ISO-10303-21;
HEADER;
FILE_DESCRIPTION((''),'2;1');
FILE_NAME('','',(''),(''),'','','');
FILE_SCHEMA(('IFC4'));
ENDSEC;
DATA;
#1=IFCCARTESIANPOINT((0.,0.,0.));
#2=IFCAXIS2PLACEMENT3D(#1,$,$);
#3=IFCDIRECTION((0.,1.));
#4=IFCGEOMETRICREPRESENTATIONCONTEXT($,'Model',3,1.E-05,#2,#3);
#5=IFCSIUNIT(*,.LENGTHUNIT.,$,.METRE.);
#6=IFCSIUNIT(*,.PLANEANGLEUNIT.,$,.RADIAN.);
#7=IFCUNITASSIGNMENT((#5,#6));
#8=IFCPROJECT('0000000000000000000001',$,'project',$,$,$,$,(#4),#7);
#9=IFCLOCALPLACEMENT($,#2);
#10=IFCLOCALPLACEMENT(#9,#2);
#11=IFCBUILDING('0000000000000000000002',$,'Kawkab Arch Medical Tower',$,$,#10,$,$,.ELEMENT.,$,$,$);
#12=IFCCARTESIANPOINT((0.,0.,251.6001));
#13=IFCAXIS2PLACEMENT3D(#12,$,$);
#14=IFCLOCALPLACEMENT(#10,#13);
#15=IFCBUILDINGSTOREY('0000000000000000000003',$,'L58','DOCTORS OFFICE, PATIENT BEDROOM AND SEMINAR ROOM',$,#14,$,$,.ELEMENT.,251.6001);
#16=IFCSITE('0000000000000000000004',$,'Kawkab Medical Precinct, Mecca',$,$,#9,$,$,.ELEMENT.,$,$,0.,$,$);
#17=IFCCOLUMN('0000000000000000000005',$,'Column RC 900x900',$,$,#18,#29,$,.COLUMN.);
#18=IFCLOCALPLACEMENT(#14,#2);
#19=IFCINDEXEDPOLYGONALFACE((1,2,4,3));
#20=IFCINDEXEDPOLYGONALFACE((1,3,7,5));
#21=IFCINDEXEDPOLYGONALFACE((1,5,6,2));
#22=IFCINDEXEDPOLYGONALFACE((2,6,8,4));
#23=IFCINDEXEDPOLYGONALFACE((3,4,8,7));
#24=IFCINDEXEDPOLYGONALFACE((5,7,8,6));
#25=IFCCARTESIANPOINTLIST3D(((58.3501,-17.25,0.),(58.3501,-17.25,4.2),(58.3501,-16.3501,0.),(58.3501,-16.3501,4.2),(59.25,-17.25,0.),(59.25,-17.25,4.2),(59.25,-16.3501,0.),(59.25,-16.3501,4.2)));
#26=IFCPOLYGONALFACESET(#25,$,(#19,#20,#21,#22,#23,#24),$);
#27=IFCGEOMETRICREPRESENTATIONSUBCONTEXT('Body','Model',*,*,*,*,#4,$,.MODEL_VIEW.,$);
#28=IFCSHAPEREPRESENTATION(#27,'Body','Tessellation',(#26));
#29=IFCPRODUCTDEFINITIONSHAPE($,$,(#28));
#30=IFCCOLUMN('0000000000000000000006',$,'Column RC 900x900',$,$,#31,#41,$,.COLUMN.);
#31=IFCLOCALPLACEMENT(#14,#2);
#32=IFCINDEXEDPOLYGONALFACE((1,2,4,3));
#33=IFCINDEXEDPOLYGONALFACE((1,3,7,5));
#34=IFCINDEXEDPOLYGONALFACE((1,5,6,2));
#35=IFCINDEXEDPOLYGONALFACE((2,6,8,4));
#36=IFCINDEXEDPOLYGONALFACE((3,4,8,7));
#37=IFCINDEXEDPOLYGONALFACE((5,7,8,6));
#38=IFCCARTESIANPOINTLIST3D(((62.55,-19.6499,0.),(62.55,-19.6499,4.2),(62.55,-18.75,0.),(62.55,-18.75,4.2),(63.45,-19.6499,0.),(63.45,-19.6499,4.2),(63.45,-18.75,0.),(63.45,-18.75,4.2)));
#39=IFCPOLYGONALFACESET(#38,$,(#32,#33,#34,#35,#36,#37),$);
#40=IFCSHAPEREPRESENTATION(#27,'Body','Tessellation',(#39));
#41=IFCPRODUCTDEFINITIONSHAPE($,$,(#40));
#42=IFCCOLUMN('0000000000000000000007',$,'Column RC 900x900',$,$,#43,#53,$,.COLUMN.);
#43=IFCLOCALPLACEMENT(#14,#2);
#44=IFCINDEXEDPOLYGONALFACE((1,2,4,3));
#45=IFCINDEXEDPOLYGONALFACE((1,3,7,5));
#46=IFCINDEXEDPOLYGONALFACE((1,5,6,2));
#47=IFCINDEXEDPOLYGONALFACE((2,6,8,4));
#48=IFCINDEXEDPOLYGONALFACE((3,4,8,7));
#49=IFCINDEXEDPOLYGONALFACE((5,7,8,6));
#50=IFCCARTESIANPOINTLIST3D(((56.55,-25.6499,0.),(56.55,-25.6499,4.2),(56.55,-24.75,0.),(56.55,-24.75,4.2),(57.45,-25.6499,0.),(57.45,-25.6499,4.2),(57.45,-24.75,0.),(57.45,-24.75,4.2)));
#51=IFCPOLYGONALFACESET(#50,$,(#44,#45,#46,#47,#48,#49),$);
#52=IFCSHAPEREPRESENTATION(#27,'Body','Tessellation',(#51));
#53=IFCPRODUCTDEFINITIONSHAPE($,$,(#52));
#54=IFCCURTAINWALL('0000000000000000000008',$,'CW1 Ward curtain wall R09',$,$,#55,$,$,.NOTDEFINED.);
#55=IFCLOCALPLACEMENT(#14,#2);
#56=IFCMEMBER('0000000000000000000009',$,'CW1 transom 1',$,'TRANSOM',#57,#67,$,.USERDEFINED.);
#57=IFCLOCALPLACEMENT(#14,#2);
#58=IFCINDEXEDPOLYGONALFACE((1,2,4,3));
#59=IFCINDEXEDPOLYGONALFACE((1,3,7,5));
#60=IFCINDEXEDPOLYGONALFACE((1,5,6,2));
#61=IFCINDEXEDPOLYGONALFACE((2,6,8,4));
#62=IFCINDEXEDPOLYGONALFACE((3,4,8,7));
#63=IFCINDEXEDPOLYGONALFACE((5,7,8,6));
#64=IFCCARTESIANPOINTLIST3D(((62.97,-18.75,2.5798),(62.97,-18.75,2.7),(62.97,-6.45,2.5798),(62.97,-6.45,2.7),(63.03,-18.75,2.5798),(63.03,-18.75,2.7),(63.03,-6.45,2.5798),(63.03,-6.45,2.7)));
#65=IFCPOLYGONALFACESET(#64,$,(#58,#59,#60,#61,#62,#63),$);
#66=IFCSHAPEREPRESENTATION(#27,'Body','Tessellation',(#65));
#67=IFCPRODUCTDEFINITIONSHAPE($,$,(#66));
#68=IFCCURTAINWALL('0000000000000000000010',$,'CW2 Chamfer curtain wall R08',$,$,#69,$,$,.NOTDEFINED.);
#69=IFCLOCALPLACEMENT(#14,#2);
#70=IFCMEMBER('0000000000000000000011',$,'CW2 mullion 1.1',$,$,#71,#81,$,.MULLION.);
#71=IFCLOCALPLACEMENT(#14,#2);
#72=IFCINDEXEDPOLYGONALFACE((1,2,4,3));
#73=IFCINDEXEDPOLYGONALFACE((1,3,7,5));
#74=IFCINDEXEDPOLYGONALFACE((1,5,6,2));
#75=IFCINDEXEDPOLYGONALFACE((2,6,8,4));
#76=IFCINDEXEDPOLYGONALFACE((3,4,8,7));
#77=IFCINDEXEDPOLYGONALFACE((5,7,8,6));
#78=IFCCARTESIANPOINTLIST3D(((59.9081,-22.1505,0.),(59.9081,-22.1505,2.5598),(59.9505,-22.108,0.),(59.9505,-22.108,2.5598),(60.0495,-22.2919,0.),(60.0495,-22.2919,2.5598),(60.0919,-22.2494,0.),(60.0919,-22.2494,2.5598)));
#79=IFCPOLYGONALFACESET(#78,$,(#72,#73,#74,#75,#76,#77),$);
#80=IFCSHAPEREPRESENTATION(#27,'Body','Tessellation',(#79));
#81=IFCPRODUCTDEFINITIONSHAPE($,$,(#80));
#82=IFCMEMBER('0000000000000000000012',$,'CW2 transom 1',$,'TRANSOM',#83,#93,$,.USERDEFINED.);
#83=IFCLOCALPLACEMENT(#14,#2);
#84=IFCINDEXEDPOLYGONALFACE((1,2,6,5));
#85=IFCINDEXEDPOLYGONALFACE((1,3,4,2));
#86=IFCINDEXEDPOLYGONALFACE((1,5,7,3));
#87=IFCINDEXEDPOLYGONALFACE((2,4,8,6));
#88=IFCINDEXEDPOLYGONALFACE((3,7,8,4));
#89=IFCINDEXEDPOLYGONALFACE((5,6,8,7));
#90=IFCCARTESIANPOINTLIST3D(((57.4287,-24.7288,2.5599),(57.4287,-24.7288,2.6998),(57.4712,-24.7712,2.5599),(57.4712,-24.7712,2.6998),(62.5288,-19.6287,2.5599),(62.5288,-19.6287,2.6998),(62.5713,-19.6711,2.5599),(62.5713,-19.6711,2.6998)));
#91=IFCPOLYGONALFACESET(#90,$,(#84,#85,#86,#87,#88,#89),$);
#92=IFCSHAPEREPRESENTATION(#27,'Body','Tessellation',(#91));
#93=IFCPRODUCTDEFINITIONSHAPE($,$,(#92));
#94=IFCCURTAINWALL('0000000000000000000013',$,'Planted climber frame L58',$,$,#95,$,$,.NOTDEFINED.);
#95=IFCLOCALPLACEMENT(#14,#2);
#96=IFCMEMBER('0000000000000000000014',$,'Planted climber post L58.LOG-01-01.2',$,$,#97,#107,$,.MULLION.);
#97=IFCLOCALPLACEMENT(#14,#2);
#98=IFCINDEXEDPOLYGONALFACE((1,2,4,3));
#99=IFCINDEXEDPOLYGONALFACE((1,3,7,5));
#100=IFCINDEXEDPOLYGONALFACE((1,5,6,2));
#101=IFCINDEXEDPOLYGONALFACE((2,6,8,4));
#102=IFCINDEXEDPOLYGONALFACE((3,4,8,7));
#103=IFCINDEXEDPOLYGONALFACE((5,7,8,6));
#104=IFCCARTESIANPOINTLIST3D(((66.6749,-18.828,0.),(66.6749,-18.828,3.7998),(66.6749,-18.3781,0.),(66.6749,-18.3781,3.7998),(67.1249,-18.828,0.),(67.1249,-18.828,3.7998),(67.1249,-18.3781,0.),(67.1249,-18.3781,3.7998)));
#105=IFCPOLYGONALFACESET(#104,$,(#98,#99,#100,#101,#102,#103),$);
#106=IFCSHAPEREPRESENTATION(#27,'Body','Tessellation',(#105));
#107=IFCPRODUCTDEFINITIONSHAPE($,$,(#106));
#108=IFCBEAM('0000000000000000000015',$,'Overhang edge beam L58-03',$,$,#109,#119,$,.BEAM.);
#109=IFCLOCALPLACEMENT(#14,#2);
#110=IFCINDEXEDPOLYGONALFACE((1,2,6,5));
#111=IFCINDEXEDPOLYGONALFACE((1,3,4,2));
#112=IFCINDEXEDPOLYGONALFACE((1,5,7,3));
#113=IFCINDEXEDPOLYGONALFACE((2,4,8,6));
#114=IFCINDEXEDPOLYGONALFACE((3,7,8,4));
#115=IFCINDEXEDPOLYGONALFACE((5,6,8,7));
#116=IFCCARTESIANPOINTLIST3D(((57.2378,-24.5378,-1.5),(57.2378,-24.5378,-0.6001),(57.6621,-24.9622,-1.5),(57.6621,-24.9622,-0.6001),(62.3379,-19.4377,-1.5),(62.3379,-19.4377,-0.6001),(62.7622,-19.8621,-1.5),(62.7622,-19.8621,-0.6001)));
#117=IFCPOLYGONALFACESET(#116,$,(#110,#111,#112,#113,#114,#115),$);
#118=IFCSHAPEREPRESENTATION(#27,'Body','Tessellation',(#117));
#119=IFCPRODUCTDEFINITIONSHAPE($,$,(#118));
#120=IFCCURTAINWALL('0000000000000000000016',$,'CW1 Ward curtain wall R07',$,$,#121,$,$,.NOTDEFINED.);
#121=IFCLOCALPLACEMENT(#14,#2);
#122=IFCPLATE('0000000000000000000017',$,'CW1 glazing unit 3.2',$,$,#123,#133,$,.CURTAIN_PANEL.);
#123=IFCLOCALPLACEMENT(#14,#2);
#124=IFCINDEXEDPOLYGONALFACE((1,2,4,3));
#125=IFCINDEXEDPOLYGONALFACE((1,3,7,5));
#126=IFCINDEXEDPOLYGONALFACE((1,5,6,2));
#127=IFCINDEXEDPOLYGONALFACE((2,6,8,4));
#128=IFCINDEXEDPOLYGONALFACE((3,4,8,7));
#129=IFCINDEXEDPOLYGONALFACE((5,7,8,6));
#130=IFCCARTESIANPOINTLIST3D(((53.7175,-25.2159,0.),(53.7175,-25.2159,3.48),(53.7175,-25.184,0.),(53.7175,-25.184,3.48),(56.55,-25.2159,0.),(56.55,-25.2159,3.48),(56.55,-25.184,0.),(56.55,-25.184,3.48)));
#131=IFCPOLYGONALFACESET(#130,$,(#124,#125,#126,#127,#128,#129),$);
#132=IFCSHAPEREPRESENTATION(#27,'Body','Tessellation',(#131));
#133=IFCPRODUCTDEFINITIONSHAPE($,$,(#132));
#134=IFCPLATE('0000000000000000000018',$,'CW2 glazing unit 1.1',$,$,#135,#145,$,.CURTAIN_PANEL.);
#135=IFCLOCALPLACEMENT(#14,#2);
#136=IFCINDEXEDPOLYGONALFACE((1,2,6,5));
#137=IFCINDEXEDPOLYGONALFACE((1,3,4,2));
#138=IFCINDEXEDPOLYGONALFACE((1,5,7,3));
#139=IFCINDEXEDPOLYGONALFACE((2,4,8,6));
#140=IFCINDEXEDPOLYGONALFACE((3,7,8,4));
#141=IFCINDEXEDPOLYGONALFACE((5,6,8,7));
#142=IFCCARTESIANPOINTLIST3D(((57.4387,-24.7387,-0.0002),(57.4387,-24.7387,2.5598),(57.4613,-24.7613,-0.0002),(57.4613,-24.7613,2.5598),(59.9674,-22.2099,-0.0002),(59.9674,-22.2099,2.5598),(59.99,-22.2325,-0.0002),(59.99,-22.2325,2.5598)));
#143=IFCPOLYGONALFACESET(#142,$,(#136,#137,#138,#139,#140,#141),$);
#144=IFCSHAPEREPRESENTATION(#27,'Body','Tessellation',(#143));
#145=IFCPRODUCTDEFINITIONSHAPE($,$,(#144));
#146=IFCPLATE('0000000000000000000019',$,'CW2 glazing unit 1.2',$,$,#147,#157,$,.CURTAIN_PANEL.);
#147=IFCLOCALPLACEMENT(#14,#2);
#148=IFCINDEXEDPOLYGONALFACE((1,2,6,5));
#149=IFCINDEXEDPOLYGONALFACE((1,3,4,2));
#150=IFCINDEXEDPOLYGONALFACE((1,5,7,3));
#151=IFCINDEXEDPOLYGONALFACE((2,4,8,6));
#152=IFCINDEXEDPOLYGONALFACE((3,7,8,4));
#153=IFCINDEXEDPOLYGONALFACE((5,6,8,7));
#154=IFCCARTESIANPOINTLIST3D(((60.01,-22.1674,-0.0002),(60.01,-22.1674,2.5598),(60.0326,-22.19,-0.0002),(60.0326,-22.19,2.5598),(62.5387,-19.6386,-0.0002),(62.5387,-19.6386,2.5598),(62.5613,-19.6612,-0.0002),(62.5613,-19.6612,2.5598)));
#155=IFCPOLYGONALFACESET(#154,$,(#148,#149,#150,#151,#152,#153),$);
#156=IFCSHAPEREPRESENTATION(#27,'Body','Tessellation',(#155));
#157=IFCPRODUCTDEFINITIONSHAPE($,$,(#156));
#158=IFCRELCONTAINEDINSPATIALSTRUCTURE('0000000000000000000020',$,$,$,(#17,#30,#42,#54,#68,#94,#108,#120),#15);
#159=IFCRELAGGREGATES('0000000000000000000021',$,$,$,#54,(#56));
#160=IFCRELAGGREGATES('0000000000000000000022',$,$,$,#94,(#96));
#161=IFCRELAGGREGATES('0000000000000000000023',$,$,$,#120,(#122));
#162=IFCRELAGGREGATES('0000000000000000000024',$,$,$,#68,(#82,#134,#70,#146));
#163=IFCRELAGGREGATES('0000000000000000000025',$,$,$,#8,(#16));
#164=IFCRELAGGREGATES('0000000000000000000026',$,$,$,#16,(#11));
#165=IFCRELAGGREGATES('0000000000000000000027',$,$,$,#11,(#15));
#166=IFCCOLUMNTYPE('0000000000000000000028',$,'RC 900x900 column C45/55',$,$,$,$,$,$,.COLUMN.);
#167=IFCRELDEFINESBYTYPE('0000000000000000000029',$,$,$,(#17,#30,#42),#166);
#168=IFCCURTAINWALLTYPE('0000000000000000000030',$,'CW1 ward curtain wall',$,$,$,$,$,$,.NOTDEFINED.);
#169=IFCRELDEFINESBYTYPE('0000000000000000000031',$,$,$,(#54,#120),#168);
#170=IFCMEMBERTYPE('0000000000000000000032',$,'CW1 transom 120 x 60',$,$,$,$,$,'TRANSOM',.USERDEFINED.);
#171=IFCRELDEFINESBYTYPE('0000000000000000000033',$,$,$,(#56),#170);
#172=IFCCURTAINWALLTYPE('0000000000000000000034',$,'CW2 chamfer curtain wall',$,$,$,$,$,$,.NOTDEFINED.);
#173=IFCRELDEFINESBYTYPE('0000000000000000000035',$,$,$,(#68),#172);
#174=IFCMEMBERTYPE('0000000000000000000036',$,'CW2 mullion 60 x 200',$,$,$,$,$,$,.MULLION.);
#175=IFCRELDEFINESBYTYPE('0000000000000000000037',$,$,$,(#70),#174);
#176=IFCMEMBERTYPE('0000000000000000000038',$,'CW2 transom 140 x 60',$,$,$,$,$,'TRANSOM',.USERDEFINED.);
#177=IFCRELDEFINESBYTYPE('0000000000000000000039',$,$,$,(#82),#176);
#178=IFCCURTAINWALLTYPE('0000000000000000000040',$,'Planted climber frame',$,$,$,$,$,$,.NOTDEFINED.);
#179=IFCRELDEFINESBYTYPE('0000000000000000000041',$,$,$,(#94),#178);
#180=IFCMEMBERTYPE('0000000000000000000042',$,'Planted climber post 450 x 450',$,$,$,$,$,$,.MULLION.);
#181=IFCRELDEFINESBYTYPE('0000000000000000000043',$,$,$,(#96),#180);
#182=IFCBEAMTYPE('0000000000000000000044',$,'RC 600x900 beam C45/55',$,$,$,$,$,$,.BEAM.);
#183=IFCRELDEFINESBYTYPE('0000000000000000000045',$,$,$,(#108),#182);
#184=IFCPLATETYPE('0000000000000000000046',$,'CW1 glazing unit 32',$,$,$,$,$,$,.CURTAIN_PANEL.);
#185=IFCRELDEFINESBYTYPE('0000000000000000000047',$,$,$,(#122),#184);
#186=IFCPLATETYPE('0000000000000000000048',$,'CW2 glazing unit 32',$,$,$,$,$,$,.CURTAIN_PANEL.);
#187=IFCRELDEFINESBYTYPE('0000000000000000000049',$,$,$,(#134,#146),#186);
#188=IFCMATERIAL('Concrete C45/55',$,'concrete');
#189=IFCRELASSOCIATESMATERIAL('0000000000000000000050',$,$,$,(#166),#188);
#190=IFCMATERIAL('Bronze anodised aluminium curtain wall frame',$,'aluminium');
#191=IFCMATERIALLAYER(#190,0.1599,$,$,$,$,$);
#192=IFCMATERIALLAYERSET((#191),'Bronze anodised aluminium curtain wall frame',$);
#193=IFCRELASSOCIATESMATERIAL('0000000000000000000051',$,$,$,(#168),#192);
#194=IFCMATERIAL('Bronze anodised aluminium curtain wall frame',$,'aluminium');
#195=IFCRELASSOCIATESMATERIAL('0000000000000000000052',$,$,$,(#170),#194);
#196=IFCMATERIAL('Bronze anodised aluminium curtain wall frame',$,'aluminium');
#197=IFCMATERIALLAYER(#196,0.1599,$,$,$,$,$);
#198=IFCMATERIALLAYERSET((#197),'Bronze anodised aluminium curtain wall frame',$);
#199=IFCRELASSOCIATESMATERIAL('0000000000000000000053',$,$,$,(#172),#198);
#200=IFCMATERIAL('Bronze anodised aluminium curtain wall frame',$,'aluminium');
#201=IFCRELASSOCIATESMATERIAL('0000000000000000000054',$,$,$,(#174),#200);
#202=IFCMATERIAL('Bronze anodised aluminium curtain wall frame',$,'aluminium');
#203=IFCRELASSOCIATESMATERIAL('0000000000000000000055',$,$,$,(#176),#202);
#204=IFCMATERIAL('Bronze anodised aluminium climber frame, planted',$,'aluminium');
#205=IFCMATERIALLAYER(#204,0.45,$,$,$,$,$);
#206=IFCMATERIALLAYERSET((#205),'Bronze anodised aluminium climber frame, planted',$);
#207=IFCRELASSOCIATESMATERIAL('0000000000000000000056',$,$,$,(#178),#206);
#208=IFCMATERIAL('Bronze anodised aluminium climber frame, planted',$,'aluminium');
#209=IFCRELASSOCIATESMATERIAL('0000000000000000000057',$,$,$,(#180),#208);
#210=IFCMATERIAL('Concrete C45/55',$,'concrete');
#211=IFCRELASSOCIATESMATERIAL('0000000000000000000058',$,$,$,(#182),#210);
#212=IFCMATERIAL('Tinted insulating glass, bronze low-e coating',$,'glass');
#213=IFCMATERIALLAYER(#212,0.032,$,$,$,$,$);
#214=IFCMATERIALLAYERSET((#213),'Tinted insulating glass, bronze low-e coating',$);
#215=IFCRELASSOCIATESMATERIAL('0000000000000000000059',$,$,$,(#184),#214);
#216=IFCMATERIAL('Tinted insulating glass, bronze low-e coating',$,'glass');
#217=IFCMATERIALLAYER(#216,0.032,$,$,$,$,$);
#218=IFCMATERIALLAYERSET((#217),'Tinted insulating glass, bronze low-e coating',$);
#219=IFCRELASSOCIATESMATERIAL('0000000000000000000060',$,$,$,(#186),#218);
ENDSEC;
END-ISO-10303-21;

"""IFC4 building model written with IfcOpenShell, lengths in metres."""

from ifc_helpers import new_model, si_unit, direction, frame, origin, origin_2d, place, context, subcontext, project, spatial, rectangle, extrude, material, layer, layer_set, material_profile, profile_set, type_object, element, aggregate, save


model = new_model("IFC4")

# Units and contexts
model_context = context("Model", 3, precision=1e-05, world=origin(), true_north=direction((0.0, 1.0)))
body_context = subcontext(model_context, "Body", "Model", "MODEL_VIEW")
ifc_project = project(units=[si_unit("LENGTHUNIT", "METRE"), si_unit("PLANEANGLEUNIT", "RADIAN")], contexts=[model_context])

# Site, building, storey
site_placement = place(None, origin())
site = spatial("IfcSite", under=ifc_project, at=site_placement, Name="Kawkab Medical Precinct, Mecca", CompositionType="ELEMENT", RefElevation=0.0)
building_placement = place(site_placement, origin())
building = spatial("IfcBuilding", under=site, at=building_placement, Name="Kawkab Arch Medical Tower", CompositionType="ELEMENT")
storey_placement = place(building_placement, frame((0.0, 0.0, 251.6001)))
storey = spatial("IfcBuildingStorey", under=building, at=storey_placement, Name="L58", Description="DOCTORS OFFICE, PATIENT BEDROOM AND SEMINAR ROOM", CompositionType="ELEMENT", Elevation=251.6001)

# Columns
ifc_material_1 = material(Name="Concrete C45/55", Category="concrete")
ifc_material_profile_1 = material_profile(ifc_material_1, rectangle(XDim=0.8999, YDim=0.8999, at=origin_2d()), Name="RC 900x900")
ifc_profile_set_1 = profile_set([ifc_material_profile_1], Name="Concrete C45/55")
column_type = type_object("IfcColumnType", Name="RC 900x900 column C45/55", PredefinedType="COLUMN", material=ifc_profile_set_1)
for number, where, z_axis, x_axis, name in (
    (1, (58.8, -16.8, 0.0), (0.0, 0.0, 1.0), (1.0, 0.0, 0.0), "Column RC 900x900"),
    (2, (63.0, -19.2, 0.0), (0.0, 0.0, 1.0), (1.0, 0.0, 0.0), "Column RC 900x900"),
    (3, (57.0, -25.2, 0.0), (0.0, 0.0, 1.0), (1.0, 0.0, 0.0), "Column RC 900x900"),
):
    element("IfcColumn", number, at=place(storey_placement, frame(where, z_axis=z_axis, x_axis=x_axis)), inside=storey, type_object=column_type, Name=name, PredefinedType="COLUMN", context=body_context, shape_type="SweptSolid", body=[
        extrude(rectangle(XDim=0.8999, YDim=0.8999, at=origin_2d()), origin(), (0.0, 0.0, 1.0), 4.2),
    ])

# Curtain wall, member
ifc_material_2 = material(Name="Bronze anodised aluminium curtain wall frame", Category="aluminium")
ifc_layer_1 = layer(ifc_material_2, 0.1599)
ifc_layer_set_1 = layer_set([ifc_layer_1], Name="Bronze anodised aluminium curtain wall frame")
curtain_wall_type_1 = type_object("IfcCurtainWallType", Name="CW1 ward curtain wall", PredefinedType="NOTDEFINED", material=ifc_layer_set_1)
placement = place(storey_placement, origin())
curtain_wall_1 = element("IfcCurtainWall", 4, at=placement, inside=storey, type_object=curtain_wall_type_1, Name="CW1 Ward curtain wall R09", PredefinedType="NOTDEFINED")
ifc_material_3 = material(Name="Bronze anodised aluminium curtain wall frame", Category="aluminium")
ifc_material_profile_2 = material_profile(ifc_material_3, rectangle(XDim=0.0601, YDim=0.1201, at=origin_2d()), Name="AL 60x120")
ifc_profile_set_2 = profile_set([ifc_material_profile_2], Name="Bronze anodised aluminium curtain wall frame")
member_type_1 = type_object("IfcMemberType", Name="CW1 transom 120 x 60", ElementType="TRANSOM", PredefinedType="USERDEFINED", material=ifc_profile_set_2)
member_1_placement = place(storey_placement, frame((63.0, -18.75, 2.6399), z_axis=(0.0, 1.0, 0.0), x_axis=(-1.0, 0.0, 0.0)))
member_1 = element("IfcMember", 5, at=member_1_placement, type_object=member_type_1, Name="CW1 transom 1", ObjectType="TRANSOM", PredefinedType="USERDEFINED", context=body_context, shape_type="SweptSolid", body=[
    extrude(rectangle(XDim=0.0601, YDim=0.1201, at=origin_2d()), origin(), (0.0, 0.0, 1.0), 12.3),
])
aggregate(curtain_wall_1, [member_1])

# Curtain wall, members
ifc_material_4 = material(Name="Bronze anodised aluminium curtain wall frame", Category="aluminium")
ifc_layer_2 = layer(ifc_material_4, 0.1599)
ifc_layer_set_2 = layer_set([ifc_layer_2], Name="Bronze anodised aluminium curtain wall frame")
curtain_wall_type_2 = type_object("IfcCurtainWallType", Name="CW2 chamfer curtain wall", PredefinedType="NOTDEFINED", material=ifc_layer_set_2)
curtain_wall_2 = element("IfcCurtainWall", 6, at=placement, inside=storey, type_object=curtain_wall_type_2, Name="CW2 Chamfer curtain wall R08", PredefinedType="NOTDEFINED")
ifc_material_5 = material(Name="Bronze anodised aluminium curtain wall frame", Category="aluminium")
ifc_material_profile_3 = material_profile(ifc_material_5, rectangle(XDim=0.2, YDim=0.0601, at=origin_2d()), Name="AL 60x200")
ifc_profile_set_3 = profile_set([ifc_material_profile_3], Name="Bronze anodised aluminium curtain wall frame")
member_type_2 = type_object("IfcMemberType", Name="CW2 mullion 60 x 200", PredefinedType="MULLION", material=ifc_profile_set_3)
member_2_placement = place(storey_placement, frame((60.0, -22.2, 0.0), z_axis=(0.0, 0.0, 1.0), x_axis=(-0.707107, 0.707107, 0.0)))
member_2 = element("IfcMember", 7, at=member_2_placement, type_object=member_type_2, Name="CW2 mullion 1.1", PredefinedType="MULLION", context=body_context, shape_type="SweptSolid", body=[
    extrude(rectangle(XDim=0.2, YDim=0.0601, at=origin_2d()), origin(), (0.0, 0.0, 1.0), 2.5598),
])
ifc_material_6 = material(Name="Bronze anodised aluminium curtain wall frame", Category="aluminium")
ifc_material_profile_4 = material_profile(ifc_material_6, rectangle(XDim=0.0601, YDim=0.1399, at=origin_2d()), Name="AL 60x140")
ifc_profile_set_4 = profile_set([ifc_material_profile_4], Name="Bronze anodised aluminium curtain wall frame")
member_type_3 = type_object("IfcMemberType", Name="CW2 transom 140 x 60", ElementType="TRANSOM", PredefinedType="USERDEFINED", material=ifc_profile_set_4)
member_3_placement = place(storey_placement, frame((57.45, -24.75, 2.6299), z_axis=(0.707107, 0.707107, 0.0), x_axis=(-0.707107, 0.707107, 0.0)))
member_3 = element("IfcMember", 8, at=member_3_placement, type_object=member_type_3, Name="CW2 transom 1", ObjectType="TRANSOM", PredefinedType="USERDEFINED", context=body_context, shape_type="SweptSolid", body=[
    extrude(rectangle(XDim=0.0601, YDim=0.1399, at=origin_2d()), origin(), (0.0, 0.0, 1.0), 7.2126),
])

# Curtain wall, member
ifc_material_7 = material(Name="Bronze anodised aluminium climber frame, planted", Category="aluminium")
ifc_layer_3 = layer(ifc_material_7, 0.45)
ifc_layer_set_3 = layer_set([ifc_layer_3], Name="Bronze anodised aluminium climber frame, planted")
curtain_wall_type_3 = type_object("IfcCurtainWallType", Name="Planted climber frame", PredefinedType="NOTDEFINED", material=ifc_layer_set_3)
curtain_wall_3 = element("IfcCurtainWall", 9, at=placement, inside=storey, type_object=curtain_wall_type_3, Name="Planted climber frame L58", PredefinedType="NOTDEFINED")
ifc_material_8 = material(Name="Bronze anodised aluminium climber frame, planted", Category="aluminium")
ifc_material_profile_5 = material_profile(ifc_material_8, rectangle(XDim=0.45, YDim=0.45, at=origin_2d()), Name="Post 450x450")
ifc_profile_set_5 = profile_set([ifc_material_profile_5], Name="Bronze anodised aluminium climber frame, planted")
member_type_4 = type_object("IfcMemberType", Name="Planted climber post 450 x 450", PredefinedType="MULLION", material=ifc_profile_set_5)
member_4_placement = place(storey_placement, frame((66.8999, -18.603, 0.0), z_axis=(0.0, 0.0, 1.0), x_axis=(1.0, 0.0, 0.0)))
member_4 = element("IfcMember", 10, at=member_4_placement, type_object=member_type_4, Name="Planted climber post L58.LOG-01-01.2", PredefinedType="MULLION", context=body_context, shape_type="SweptSolid", body=[
    extrude(rectangle(XDim=0.45, YDim=0.45, at=origin_2d()), origin(), (0.0, 0.0, 1.0), 3.7998),
])
aggregate(curtain_wall_3, [member_4])

# Beam
ifc_material_9 = material(Name="Concrete C45/55", Category="concrete")
ifc_material_profile_6 = material_profile(ifc_material_9, rectangle(XDim=0.6001, YDim=0.8999, at=origin_2d()), Name="RC 600x900")
ifc_profile_set_6 = profile_set([ifc_material_profile_6], Name="Concrete C45/55")
beam_type = type_object("IfcBeamType", Name="RC 600x900 beam C45/55", PredefinedType="BEAM", material=ifc_profile_set_6)
beam_placement = place(storey_placement, frame((62.55, -19.6499, -1.05), z_axis=(-0.707107, -0.707107, 0.0), x_axis=(0.707107, -0.707107, 0.0)))
element("IfcBeam", 11, at=beam_placement, inside=storey, type_object=beam_type, Name="Overhang edge beam L58-03", PredefinedType="BEAM", context=body_context, shape_type="SweptSolid", body=[
    extrude(rectangle(XDim=0.6001, YDim=0.8999, at=origin_2d()), origin(), (0.0, 0.0, 1.0), 7.2126),
])

# Curtain wall, plate
curtain_wall_4 = element("IfcCurtainWall", 12, at=placement, inside=storey, type_object=curtain_wall_type_1, Name="CW1 Ward curtain wall R07", PredefinedType="NOTDEFINED")
ifc_material_10 = material(Name="Tinted insulating glass, bronze low-e coating", Category="glass")
ifc_layer_4 = layer(ifc_material_10, 0.032)
ifc_layer_set_4 = layer_set([ifc_layer_4], Name="Tinted insulating glass, bronze low-e coating")
plate_type_1 = type_object("IfcPlateType", Name="CW1 glazing unit 32", PredefinedType="CURTAIN_PANEL", material=ifc_layer_set_4)
plate_1_placement = place(storey_placement, frame((55.1338, -25.2, 0.0), z_axis=(0.0, 0.0, 1.0), x_axis=(1.0, 0.0, 0.0)))
plate_1 = element("IfcPlate", 13, at=plate_1_placement, type_object=plate_type_1, Name="CW1 glazing unit 3.2", PredefinedType="CURTAIN_PANEL", context=body_context, shape_type="SweptSolid", body=[
    extrude(rectangle(XDim=2.8325, YDim=0.032, at=origin_2d()), origin(), (0.0, 0.0, 1.0), 3.48),
])
aggregate(curtain_wall_4, [plate_1])

# Plates
ifc_material_11 = material(Name="Tinted insulating glass, bronze low-e coating", Category="glass")
ifc_layer_5 = layer(ifc_material_11, 0.032)
ifc_layer_set_5 = layer_set([ifc_layer_5], Name="Tinted insulating glass, bronze low-e coating")
plate_type_2 = type_object("IfcPlateType", Name="CW2 glazing unit 32", PredefinedType="CURTAIN_PANEL", material=ifc_layer_set_5)
plate_2_placement = place(storey_placement, frame((58.7144, -23.4856, -0.0002), z_axis=(0.0, 0.0, 1.0), x_axis=(0.707107, 0.707107, 0.0)))
plate_2 = element("IfcPlate", 14, at=plate_2_placement, type_object=plate_type_2, Name="CW2 glazing unit 1.1", PredefinedType="CURTAIN_PANEL", context=body_context, shape_type="SweptSolid", body=[
    extrude(rectangle(XDim=3.5762, YDim=0.032, at=origin_2d()), origin(), (0.0, 0.0, 1.0), 2.5601),
])
plate_3_placement = place(storey_placement, frame((61.2856, -20.9143, -0.0002), z_axis=(0.0, 0.0, 1.0), x_axis=(0.707107, 0.707107, 0.0)))
plate_3 = element("IfcPlate", 15, at=plate_3_placement, type_object=plate_type_2, Name="CW2 glazing unit 1.2", PredefinedType="CURTAIN_PANEL", context=body_context, shape_type="SweptSolid", body=[
    extrude(rectangle(XDim=3.5762, YDim=0.032, at=origin_2d()), origin(), (0.0, 0.0, 1.0), 2.5601),
])
aggregate(curtain_wall_2, [member_3, plate_2, member_2, plate_3])

save(model, "model.ifc")
